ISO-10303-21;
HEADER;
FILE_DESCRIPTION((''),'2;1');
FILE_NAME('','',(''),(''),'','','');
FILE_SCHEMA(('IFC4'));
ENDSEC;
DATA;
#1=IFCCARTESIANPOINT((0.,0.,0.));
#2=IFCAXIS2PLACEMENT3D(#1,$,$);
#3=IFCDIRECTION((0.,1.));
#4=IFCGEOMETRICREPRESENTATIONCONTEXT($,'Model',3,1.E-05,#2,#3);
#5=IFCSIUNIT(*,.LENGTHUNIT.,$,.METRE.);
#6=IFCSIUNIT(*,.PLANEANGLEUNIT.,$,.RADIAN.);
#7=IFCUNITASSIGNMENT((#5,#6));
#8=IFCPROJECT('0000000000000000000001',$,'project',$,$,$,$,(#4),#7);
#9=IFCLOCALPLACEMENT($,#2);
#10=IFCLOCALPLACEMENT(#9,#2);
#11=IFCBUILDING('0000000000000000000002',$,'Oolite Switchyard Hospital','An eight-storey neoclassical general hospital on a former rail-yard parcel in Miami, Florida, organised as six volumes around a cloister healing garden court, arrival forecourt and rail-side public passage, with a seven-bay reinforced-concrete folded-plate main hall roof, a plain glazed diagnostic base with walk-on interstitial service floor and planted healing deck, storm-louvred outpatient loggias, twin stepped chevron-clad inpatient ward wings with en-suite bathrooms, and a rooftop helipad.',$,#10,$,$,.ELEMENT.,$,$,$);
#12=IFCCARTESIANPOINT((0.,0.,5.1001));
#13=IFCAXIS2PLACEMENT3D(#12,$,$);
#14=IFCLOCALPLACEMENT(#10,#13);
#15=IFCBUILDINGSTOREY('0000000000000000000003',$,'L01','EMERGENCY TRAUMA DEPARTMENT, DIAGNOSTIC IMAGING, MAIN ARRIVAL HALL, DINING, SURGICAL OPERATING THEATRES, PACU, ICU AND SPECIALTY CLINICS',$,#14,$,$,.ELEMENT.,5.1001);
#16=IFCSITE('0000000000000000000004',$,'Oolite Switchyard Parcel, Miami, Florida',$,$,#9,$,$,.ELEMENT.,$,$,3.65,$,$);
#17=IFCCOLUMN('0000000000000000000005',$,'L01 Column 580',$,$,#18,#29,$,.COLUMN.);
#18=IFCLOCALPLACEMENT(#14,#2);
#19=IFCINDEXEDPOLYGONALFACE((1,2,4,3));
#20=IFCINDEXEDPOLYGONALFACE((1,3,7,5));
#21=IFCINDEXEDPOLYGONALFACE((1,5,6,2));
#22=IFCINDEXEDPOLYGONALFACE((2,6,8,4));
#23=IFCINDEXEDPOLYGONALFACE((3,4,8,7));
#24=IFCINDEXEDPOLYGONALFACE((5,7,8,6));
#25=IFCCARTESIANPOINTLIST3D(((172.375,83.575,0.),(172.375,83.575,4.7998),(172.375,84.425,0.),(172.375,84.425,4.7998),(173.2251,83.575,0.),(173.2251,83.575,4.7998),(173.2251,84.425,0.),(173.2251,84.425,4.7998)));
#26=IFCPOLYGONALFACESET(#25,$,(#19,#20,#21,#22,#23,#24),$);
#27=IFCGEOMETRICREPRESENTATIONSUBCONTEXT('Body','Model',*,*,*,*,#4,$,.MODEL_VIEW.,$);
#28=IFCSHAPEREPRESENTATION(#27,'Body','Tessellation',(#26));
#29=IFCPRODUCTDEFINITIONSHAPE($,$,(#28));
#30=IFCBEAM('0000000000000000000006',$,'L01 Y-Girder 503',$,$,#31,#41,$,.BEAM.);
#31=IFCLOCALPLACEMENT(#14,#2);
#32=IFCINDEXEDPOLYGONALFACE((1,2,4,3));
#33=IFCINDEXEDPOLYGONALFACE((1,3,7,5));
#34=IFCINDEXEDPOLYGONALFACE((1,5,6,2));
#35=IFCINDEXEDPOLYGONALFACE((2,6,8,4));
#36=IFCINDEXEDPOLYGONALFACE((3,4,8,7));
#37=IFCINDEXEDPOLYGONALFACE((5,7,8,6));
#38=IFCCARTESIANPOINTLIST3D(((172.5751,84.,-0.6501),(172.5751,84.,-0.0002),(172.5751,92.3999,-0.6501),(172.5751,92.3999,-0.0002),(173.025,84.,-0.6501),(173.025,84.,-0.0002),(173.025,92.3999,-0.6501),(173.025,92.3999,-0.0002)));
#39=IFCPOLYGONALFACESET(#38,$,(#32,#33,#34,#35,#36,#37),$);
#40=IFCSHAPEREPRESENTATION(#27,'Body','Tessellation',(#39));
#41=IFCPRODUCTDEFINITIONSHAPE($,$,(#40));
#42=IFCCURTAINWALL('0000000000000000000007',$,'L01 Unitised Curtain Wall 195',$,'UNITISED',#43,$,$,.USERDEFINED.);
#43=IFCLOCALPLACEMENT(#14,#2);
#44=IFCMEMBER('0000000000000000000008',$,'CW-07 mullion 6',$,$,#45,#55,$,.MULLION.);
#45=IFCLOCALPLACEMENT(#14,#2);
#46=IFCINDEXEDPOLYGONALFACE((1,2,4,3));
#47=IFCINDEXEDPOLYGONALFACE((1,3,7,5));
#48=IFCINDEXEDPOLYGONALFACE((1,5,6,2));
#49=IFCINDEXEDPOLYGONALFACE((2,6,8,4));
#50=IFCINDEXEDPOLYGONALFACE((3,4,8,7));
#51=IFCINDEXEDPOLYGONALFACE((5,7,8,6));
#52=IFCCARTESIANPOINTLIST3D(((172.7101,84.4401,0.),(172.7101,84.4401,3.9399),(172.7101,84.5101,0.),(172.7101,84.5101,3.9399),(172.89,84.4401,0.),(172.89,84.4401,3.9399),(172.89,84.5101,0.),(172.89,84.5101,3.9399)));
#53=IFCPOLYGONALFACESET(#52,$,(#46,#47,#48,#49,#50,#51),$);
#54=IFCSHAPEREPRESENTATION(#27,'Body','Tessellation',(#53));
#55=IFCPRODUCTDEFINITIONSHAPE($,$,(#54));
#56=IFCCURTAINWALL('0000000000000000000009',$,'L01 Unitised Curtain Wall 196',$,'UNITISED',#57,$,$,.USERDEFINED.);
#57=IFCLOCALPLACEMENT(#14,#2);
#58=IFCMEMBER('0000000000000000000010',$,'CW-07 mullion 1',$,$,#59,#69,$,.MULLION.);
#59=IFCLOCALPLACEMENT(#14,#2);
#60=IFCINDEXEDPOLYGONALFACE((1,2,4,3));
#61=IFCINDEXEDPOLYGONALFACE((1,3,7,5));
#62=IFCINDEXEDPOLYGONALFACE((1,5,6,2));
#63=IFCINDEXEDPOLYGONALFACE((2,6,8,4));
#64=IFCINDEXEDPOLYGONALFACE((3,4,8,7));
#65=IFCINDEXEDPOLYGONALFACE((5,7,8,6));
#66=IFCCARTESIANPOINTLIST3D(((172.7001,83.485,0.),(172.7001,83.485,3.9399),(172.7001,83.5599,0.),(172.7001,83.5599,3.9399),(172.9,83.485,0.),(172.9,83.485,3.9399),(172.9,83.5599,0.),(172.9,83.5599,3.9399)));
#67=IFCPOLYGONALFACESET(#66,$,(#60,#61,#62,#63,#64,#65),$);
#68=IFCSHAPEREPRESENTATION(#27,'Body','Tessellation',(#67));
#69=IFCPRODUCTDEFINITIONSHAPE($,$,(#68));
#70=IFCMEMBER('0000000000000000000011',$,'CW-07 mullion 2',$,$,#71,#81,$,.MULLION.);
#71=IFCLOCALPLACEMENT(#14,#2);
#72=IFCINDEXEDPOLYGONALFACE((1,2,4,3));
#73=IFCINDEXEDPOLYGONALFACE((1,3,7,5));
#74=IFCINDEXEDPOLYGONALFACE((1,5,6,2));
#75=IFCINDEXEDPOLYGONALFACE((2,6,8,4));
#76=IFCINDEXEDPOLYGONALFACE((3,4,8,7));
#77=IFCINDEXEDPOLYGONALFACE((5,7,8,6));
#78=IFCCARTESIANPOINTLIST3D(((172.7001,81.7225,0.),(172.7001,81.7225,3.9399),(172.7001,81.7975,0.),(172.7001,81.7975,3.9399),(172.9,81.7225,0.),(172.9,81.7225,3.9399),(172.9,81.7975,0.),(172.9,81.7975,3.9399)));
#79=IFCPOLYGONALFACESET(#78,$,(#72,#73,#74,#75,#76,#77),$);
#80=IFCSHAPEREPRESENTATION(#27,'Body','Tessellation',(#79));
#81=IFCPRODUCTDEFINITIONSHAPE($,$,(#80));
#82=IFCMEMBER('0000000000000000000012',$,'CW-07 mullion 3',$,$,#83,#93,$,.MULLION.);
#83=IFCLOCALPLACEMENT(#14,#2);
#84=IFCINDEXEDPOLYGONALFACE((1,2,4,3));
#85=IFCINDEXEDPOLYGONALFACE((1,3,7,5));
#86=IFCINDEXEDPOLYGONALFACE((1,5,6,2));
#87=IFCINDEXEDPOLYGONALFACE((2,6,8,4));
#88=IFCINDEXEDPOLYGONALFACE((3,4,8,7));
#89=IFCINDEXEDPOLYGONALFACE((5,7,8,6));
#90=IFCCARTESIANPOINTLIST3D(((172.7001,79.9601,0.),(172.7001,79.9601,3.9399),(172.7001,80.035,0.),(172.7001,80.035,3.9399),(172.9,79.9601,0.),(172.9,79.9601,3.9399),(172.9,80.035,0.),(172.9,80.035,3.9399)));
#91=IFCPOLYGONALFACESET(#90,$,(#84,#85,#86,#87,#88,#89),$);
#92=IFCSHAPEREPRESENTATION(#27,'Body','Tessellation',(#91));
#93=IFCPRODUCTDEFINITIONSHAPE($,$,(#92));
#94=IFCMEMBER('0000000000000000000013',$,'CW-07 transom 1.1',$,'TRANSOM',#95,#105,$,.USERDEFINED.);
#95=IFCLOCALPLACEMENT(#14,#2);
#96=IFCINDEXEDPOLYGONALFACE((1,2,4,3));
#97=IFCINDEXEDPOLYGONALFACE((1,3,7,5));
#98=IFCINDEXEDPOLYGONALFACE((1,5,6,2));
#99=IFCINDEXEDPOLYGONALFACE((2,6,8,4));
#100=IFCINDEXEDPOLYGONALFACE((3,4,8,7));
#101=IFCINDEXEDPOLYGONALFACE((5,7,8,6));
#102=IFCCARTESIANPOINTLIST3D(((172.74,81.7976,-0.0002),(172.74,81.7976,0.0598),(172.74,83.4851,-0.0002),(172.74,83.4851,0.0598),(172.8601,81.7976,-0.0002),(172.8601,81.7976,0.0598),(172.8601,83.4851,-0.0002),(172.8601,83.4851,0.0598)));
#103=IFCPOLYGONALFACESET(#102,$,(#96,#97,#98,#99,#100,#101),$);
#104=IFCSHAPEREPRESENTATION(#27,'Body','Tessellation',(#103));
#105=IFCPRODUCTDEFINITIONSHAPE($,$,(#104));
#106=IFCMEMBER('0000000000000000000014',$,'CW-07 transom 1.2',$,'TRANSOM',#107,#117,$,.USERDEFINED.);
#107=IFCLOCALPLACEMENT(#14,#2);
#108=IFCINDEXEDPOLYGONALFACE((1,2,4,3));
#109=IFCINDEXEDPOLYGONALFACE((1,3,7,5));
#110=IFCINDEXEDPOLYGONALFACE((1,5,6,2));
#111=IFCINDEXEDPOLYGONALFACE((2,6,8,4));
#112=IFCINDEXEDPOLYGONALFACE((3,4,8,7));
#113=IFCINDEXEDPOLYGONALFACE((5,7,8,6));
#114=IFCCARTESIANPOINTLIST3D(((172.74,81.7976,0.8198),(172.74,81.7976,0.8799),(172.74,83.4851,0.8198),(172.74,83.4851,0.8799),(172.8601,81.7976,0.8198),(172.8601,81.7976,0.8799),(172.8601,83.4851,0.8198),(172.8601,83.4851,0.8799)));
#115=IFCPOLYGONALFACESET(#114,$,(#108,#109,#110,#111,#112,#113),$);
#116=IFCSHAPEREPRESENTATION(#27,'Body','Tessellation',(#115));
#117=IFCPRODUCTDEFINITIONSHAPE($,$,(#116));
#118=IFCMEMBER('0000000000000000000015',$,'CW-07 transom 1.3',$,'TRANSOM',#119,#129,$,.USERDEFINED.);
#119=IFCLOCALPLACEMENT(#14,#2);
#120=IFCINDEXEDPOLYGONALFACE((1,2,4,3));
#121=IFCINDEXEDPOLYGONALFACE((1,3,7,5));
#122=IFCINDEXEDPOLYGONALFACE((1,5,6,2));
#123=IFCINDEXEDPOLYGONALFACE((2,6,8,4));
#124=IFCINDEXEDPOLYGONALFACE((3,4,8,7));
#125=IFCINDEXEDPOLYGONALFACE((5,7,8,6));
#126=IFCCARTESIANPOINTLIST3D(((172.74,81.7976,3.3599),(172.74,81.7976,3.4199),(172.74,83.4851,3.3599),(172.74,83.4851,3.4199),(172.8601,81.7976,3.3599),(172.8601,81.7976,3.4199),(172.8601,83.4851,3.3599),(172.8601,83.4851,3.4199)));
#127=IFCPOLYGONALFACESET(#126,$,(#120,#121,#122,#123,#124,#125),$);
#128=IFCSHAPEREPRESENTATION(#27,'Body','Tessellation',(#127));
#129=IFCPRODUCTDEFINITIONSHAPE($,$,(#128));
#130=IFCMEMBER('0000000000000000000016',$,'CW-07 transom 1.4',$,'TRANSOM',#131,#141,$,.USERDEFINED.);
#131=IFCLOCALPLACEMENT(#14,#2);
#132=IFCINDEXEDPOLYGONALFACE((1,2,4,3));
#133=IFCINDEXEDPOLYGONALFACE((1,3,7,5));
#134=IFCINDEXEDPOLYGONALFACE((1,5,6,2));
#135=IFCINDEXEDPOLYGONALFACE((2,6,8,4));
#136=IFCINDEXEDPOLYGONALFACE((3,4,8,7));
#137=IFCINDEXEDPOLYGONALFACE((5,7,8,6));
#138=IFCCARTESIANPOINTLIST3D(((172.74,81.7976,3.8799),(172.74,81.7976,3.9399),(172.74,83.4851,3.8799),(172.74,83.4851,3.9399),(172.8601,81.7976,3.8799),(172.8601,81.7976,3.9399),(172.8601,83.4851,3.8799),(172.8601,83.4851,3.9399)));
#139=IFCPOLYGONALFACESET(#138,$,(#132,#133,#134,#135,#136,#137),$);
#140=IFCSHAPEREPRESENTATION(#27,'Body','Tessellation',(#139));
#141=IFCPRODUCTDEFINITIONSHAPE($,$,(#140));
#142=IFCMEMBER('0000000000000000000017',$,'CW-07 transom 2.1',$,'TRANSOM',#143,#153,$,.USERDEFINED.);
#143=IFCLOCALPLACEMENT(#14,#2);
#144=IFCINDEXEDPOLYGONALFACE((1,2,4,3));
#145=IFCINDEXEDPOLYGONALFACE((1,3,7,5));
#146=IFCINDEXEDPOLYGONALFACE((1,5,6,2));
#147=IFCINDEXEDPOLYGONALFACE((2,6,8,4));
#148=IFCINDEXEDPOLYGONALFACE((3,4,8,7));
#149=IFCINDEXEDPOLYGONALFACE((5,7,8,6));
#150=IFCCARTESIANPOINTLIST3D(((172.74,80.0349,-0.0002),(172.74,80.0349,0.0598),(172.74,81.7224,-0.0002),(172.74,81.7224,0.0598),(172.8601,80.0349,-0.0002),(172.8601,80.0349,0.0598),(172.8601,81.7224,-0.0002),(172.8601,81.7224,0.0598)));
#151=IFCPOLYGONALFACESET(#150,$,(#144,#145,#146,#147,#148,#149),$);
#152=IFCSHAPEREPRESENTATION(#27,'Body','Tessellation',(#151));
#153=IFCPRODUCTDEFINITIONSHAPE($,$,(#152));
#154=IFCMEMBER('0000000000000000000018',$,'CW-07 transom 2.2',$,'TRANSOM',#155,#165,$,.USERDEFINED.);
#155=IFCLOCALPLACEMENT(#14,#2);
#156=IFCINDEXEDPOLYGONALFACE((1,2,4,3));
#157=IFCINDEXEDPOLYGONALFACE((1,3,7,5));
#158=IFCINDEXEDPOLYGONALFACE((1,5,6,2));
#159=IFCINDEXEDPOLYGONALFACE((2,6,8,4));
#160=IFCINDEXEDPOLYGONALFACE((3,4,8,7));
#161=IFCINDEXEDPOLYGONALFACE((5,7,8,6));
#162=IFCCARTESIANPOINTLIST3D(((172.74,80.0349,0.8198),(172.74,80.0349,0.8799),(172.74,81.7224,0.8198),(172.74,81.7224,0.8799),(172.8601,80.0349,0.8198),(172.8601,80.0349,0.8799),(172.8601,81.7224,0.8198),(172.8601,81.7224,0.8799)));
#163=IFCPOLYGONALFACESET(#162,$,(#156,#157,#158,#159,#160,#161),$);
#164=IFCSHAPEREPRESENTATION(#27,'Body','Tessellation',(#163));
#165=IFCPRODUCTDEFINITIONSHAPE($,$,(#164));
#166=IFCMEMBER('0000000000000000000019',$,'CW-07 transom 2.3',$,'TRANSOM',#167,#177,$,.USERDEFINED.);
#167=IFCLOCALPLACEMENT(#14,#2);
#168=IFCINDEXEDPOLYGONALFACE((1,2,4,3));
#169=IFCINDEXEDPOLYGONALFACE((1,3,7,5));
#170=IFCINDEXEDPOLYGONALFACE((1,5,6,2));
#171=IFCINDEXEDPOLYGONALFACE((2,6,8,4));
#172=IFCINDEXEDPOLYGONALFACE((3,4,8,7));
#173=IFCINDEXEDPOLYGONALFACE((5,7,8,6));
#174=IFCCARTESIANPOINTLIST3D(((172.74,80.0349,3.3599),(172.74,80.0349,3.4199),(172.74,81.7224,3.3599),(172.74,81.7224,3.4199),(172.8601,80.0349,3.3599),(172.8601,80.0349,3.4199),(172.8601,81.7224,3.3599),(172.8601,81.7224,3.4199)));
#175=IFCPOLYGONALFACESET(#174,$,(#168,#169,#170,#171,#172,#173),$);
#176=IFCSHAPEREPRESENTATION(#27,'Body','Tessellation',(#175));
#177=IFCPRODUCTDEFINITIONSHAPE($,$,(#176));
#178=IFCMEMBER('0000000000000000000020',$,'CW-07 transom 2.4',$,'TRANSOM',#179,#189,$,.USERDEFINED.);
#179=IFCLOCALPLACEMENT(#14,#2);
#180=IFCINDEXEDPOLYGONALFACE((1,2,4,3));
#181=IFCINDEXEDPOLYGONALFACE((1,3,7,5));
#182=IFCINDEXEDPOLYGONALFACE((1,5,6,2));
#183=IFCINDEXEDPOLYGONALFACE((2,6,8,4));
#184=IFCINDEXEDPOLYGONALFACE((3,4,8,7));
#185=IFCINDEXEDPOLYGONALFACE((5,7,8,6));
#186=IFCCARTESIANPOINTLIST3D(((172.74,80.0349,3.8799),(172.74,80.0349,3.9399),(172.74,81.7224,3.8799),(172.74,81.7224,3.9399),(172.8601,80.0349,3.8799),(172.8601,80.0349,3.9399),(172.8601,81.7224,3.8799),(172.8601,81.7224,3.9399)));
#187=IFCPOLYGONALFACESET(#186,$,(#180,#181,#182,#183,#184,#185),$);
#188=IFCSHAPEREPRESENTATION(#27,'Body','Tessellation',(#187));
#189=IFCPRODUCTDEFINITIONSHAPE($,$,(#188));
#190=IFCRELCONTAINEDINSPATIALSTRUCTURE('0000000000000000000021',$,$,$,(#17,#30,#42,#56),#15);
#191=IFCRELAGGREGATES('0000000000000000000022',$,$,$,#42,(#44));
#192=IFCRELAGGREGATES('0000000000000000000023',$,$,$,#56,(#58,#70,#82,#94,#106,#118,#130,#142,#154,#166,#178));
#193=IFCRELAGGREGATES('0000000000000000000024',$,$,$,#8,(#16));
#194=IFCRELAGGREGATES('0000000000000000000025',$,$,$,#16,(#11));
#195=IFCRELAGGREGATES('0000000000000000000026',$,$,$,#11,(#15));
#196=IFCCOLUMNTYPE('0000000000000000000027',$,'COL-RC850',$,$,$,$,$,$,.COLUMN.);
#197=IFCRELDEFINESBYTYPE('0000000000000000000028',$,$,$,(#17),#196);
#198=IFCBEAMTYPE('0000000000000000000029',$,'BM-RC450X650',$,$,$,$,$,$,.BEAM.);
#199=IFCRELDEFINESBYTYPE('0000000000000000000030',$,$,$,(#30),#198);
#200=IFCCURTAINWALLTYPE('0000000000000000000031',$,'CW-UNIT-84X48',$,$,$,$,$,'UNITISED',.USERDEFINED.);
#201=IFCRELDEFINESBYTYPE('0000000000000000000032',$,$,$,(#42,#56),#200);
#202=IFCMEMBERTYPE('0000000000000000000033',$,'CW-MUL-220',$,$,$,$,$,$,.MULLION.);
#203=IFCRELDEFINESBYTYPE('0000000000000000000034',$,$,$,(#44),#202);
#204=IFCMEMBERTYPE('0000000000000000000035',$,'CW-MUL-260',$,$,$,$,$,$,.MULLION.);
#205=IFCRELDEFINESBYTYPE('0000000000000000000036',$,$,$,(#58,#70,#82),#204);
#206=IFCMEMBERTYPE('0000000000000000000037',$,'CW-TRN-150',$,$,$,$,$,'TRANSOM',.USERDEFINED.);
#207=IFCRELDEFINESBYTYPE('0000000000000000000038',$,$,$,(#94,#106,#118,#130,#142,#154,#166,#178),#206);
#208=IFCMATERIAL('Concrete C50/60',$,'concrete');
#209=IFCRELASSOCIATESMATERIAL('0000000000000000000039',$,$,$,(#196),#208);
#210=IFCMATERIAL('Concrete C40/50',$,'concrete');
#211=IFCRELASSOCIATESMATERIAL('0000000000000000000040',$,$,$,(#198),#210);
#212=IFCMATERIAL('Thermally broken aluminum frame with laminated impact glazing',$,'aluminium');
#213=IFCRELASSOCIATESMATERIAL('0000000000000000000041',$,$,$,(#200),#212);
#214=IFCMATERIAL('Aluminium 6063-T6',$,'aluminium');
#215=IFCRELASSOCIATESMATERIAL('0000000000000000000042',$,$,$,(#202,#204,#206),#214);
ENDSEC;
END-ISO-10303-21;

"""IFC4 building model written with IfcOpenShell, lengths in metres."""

from ifc_helpers import new_model, si_unit, direction, frame, origin, origin_2d, place, context, subcontext, project, spatial, rectangle, extrude, material, material_profile, profile_set, type_object, element, aggregate, save


model = new_model("IFC4")

# Units and contexts
model_context = context("Model", 3, precision=1e-05, world=origin(), true_north=direction((0.0, 1.0)))
body_context = subcontext(model_context, "Body", "Model", "MODEL_VIEW")
ifc_project = project(units=[si_unit("LENGTHUNIT", "METRE"), si_unit("PLANEANGLEUNIT", "RADIAN")], contexts=[model_context])

# Site, building, storey
site_placement = place(None, origin())
site = spatial("IfcSite", under=ifc_project, at=site_placement, Name="Oolite Switchyard Parcel, Miami, Florida", CompositionType="ELEMENT", RefElevation=3.65)
building_placement = place(site_placement, origin())
building = spatial("IfcBuilding", under=site, at=building_placement, Name="Oolite Switchyard Hospital", Description="An eight-storey neoclassical general hospital on a former rail-yard parcel in Miami, Florida, organised as six volumes around a cloister healing garden court, arrival forecourt and rail-side public passage, with a seven-bay reinforced-concrete folded-plate main hall roof, a plain glazed diagnostic base with walk-on interstitial service floor and planted healing deck, storm-louvred outpatient loggias, twin stepped chevron-clad inpatient ward wings with en-suite bathrooms, and a rooftop helipad.", CompositionType="ELEMENT")
storey_placement = place(building_placement, frame((0.0, 0.0, 5.1001)))
storey = spatial("IfcBuildingStorey", under=building, at=storey_placement, Name="L01", Description="EMERGENCY TRAUMA DEPARTMENT, DIAGNOSTIC IMAGING, MAIN ARRIVAL HALL, DINING, SURGICAL OPERATING THEATRES, PACU, ICU AND SPECIALTY CLINICS", CompositionType="ELEMENT", Elevation=5.1001)

# Column
ifc_material_1 = material(Name="Concrete C50/60", Category="concrete")
ifc_material_profile_1 = material_profile(ifc_material_1, rectangle(XDim=0.8501, YDim=0.8501, at=origin_2d()), Name="RC850X850")
ifc_profile_set_1 = profile_set([ifc_material_profile_1], Name="Concrete C50/60")
column_type = type_object("IfcColumnType", Name="COL-RC850", PredefinedType="COLUMN", material=ifc_profile_set_1)
column_placement = place(storey_placement, frame((172.8, 84.0, 0.0), z_axis=(0.0, 0.0, 1.0), x_axis=(1.0, 0.0, 0.0)))
element("IfcColumn", 1, at=column_placement, inside=storey, type_object=column_type, Name="L01 Column 580", PredefinedType="COLUMN", context=body_context, shape_type="SweptSolid", body=[
    extrude(rectangle(XDim=0.8501, YDim=0.8501, at=origin_2d()), origin(), (0.0, 0.0, 1.0), 4.7998),
])

# Beam
ifc_material_2 = material(Name="Concrete C40/50", Category="concrete")
ifc_material_profile_2 = material_profile(ifc_material_2, rectangle(XDim=0.45, YDim=0.6499, at=origin_2d()), Name="RCB450X650")
ifc_profile_set_2 = profile_set([ifc_material_profile_2], Name="Concrete C40/50")
beam_type = type_object("IfcBeamType", Name="BM-RC450X650", PredefinedType="BEAM", material=ifc_profile_set_2)
beam_placement = place(storey_placement, frame((172.8, 84.0, -0.3252), z_axis=(0.0, 1.0, 0.0), x_axis=(-1.0, 0.0, 0.0)))
element("IfcBeam", 2, at=beam_placement, inside=storey, type_object=beam_type, Name="L01 Y-Girder 503", PredefinedType="BEAM", context=body_context, shape_type="SweptSolid", body=[
    extrude(rectangle(XDim=0.45, YDim=0.6499, at=origin_2d()), origin(), (0.0, 0.0, 1.0), 8.3999),
])

# Curtain wall, member
ifc_material_3 = material(Name="Thermally broken aluminum frame with laminated impact glazing", Category="aluminium")
curtain_wall_type = type_object("IfcCurtainWallType", Name="CW-UNIT-84X48", ElementType="UNITISED", PredefinedType="USERDEFINED", material=ifc_material_3)
curtain_wall_1_placement = place(storey_placement, origin())
curtain_wall_1 = element("IfcCurtainWall", 3, at=curtain_wall_1_placement, inside=storey, type_object=curtain_wall_type, Name="L01 Unitised Curtain Wall 195", ObjectType="UNITISED", PredefinedType="USERDEFINED")
ifc_material_4 = material(Name="Aluminium 6063-T6", Category="aluminium")
ifc_material_profile_3 = material_profile(ifc_material_4, rectangle(XDim=0.1799, YDim=0.0701, at=origin_2d()), Name="CWM70X180")
ifc_profile_set_3 = profile_set([ifc_material_profile_3], Name="Aluminium 6063-T6")
member_type_1 = type_object("IfcMemberType", Name="CW-MUL-220", PredefinedType="MULLION", material=ifc_profile_set_3)
member_1_placement = place(storey_placement, frame((172.8, 84.4751, 0.0), z_axis=(0.0, 0.0, 1.0), x_axis=(1.0, 0.0, 0.0)))
member_1 = element("IfcMember", 4, at=member_1_placement, type_object=member_type_1, Name="CW-07 mullion 6", PredefinedType="MULLION", context=body_context, shape_type="SweptSolid", body=[
    extrude(rectangle(XDim=0.1799, YDim=0.0701, at=origin_2d()), origin(), (0.0, 0.0, 1.0), 3.9399),
])

# Curtain wall, members
curtain_wall_2_placement = place(storey_placement, origin())
curtain_wall_2 = element("IfcCurtainWall", 5, at=curtain_wall_2_placement, inside=storey, type_object=curtain_wall_type, Name="L01 Unitised Curtain Wall 196", ObjectType="UNITISED", PredefinedType="USERDEFINED")
ifc_material_profile_4 = material_profile(ifc_material_4, rectangle(XDim=0.2, YDim=0.075, at=origin_2d()), Name="CWM75X200")
ifc_profile_set_4 = profile_set([ifc_material_profile_4], Name="Aluminium 6063-T6")
member_type_2 = type_object("IfcMemberType", Name="CW-MUL-260", PredefinedType="MULLION", material=ifc_profile_set_4)
member_2_placement = place(storey_placement, frame((172.8, 83.5225, 0.0), z_axis=(0.0, 0.0, 1.0), x_axis=(1.0, 0.0, 0.0)))
member_2 = element("IfcMember", 6, at=member_2_placement, type_object=member_type_2, Name="CW-07 mullion 1", PredefinedType="MULLION", context=body_context, shape_type="SweptSolid", body=[
    extrude(rectangle(XDim=0.2, YDim=0.075, at=origin_2d()), origin(), (0.0, 0.0, 1.0), 3.9399),
])
member_3_placement = place(storey_placement, frame((172.8, 81.76, 0.0), z_axis=(0.0, 0.0, 1.0), x_axis=(1.0, 0.0, 0.0)))
member_3 = element("IfcMember", 7, at=member_3_placement, type_object=member_type_2, Name="CW-07 mullion 2", PredefinedType="MULLION", context=body_context, shape_type="SweptSolid", body=[
    extrude(rectangle(XDim=0.2, YDim=0.075, at=origin_2d()), origin(), (0.0, 0.0, 1.0), 3.9399),
])
member_4_placement = place(storey_placement, frame((172.8, 79.9976, 0.0), z_axis=(0.0, 0.0, 1.0), x_axis=(1.0, 0.0, 0.0)))
member_4 = element("IfcMember", 8, at=member_4_placement, type_object=member_type_2, Name="CW-07 mullion 3", PredefinedType="MULLION", context=body_context, shape_type="SweptSolid", body=[
    extrude(rectangle(XDim=0.2, YDim=0.075, at=origin_2d()), origin(), (0.0, 0.0, 1.0), 3.9399),
])
ifc_material_profile_5 = material_profile(ifc_material_4, rectangle(XDim=0.1201, YDim=0.0601, at=origin_2d()), Name="CWT60X120")
ifc_profile_set_5 = profile_set([ifc_material_profile_5], Name="Aluminium 6063-T6")
member_type_3 = type_object("IfcMemberType", Name="CW-TRN-150", ElementType="TRANSOM", PredefinedType="USERDEFINED", material=ifc_profile_set_5)
member_5_placement = place(storey_placement, frame((172.8, 83.4851, 0.0298), z_axis=(0.0, -1.0, 0.0), x_axis=(1.0, 0.0, 0.0)))
member_5 = element("IfcMember", 9, at=member_5_placement, type_object=member_type_3, Name="CW-07 transom 1.1", ObjectType="TRANSOM", PredefinedType="USERDEFINED", context=body_context, shape_type="SweptSolid", body=[
    extrude(rectangle(XDim=0.1201, YDim=0.0601, at=origin_2d()), origin(), (0.0, 0.0, 1.0), 1.6875),
])
member_6_placement = place(storey_placement, frame((172.8, 83.4851, 0.8499), z_axis=(0.0, -1.0, 0.0), x_axis=(1.0, 0.0, 0.0)))
member_6 = element("IfcMember", 10, at=member_6_placement, type_object=member_type_3, Name="CW-07 transom 1.2", ObjectType="TRANSOM", PredefinedType="USERDEFINED", context=body_context, shape_type="SweptSolid", body=[
    extrude(rectangle(XDim=0.1201, YDim=0.0601, at=origin_2d()), origin(), (0.0, 0.0, 1.0), 1.6875),
])
member_7_placement = place(storey_placement, frame((172.8, 83.4851, 3.3899), z_axis=(0.0, -1.0, 0.0), x_axis=(1.0, 0.0, 0.0)))
member_7 = element("IfcMember", 11, at=member_7_placement, type_object=member_type_3, Name="CW-07 transom 1.3", ObjectType="TRANSOM", PredefinedType="USERDEFINED", context=body_context, shape_type="SweptSolid", body=[
    extrude(rectangle(XDim=0.1201, YDim=0.0601, at=origin_2d()), origin(), (0.0, 0.0, 1.0), 1.6875),
])
member_8_placement = place(storey_placement, frame((172.8, 83.4851, 3.9099), z_axis=(0.0, -1.0, 0.0), x_axis=(1.0, 0.0, 0.0)))
member_8 = element("IfcMember", 12, at=member_8_placement, type_object=member_type_3, Name="CW-07 transom 1.4", ObjectType="TRANSOM", PredefinedType="USERDEFINED", context=body_context, shape_type="SweptSolid", body=[
    extrude(rectangle(XDim=0.1201, YDim=0.0601, at=origin_2d()), origin(), (0.0, 0.0, 1.0), 1.6875),
])
member_9_placement = place(storey_placement, frame((172.8, 81.7224, 0.0298), z_axis=(0.0, -1.0, 0.0), x_axis=(1.0, 0.0, 0.0)))
member_9 = element("IfcMember", 13, at=member_9_placement, type_object=member_type_3, Name="CW-07 transom 2.1", ObjectType="TRANSOM", PredefinedType="USERDEFINED", context=body_context, shape_type="SweptSolid", body=[
    extrude(rectangle(XDim=0.1201, YDim=0.0601, at=origin_2d()), origin(), (0.0, 0.0, 1.0), 1.6875),
])
member_10_placement = place(storey_placement, frame((172.8, 81.7224, 0.8499), z_axis=(0.0, -1.0, 0.0), x_axis=(1.0, 0.0, 0.0)))
member_10 = element("IfcMember", 14, at=member_10_placement, type_object=member_type_3, Name="CW-07 transom 2.2", ObjectType="TRANSOM", PredefinedType="USERDEFINED", context=body_context, shape_type="SweptSolid", body=[
    extrude(rectangle(XDim=0.1201, YDim=0.0601, at=origin_2d()), origin(), (0.0, 0.0, 1.0), 1.6875),
])
member_11_placement = place(storey_placement, frame((172.8, 81.7224, 3.3899), z_axis=(0.0, -1.0, 0.0), x_axis=(1.0, 0.0, 0.0)))
member_11 = element("IfcMember", 15, at=member_11_placement, type_object=member_type_3, Name="CW-07 transom 2.3", ObjectType="TRANSOM", PredefinedType="USERDEFINED", context=body_context, shape_type="SweptSolid", body=[
    extrude(rectangle(XDim=0.1201, YDim=0.0601, at=origin_2d()), origin(), (0.0, 0.0, 1.0), 1.6875),
])
member_12_placement = place(storey_placement, frame((172.8, 81.7224, 3.9099), z_axis=(0.0, -1.0, 0.0), x_axis=(1.0, 0.0, 0.0)))
member_12 = element("IfcMember", 16, at=member_12_placement, type_object=member_type_3, Name="CW-07 transom 2.4", ObjectType="TRANSOM", PredefinedType="USERDEFINED", context=body_context, shape_type="SweptSolid", body=[
    extrude(rectangle(XDim=0.1201, YDim=0.0601, at=origin_2d()), origin(), (0.0, 0.0, 1.0), 1.6875),
])

aggregate(curtain_wall_1, [member_1])
aggregate(curtain_wall_2, [member_2, member_3, member_4, member_5, member_6, member_7, member_8, member_9, member_10, member_11, member_12])

save(model, "model.ifc")
